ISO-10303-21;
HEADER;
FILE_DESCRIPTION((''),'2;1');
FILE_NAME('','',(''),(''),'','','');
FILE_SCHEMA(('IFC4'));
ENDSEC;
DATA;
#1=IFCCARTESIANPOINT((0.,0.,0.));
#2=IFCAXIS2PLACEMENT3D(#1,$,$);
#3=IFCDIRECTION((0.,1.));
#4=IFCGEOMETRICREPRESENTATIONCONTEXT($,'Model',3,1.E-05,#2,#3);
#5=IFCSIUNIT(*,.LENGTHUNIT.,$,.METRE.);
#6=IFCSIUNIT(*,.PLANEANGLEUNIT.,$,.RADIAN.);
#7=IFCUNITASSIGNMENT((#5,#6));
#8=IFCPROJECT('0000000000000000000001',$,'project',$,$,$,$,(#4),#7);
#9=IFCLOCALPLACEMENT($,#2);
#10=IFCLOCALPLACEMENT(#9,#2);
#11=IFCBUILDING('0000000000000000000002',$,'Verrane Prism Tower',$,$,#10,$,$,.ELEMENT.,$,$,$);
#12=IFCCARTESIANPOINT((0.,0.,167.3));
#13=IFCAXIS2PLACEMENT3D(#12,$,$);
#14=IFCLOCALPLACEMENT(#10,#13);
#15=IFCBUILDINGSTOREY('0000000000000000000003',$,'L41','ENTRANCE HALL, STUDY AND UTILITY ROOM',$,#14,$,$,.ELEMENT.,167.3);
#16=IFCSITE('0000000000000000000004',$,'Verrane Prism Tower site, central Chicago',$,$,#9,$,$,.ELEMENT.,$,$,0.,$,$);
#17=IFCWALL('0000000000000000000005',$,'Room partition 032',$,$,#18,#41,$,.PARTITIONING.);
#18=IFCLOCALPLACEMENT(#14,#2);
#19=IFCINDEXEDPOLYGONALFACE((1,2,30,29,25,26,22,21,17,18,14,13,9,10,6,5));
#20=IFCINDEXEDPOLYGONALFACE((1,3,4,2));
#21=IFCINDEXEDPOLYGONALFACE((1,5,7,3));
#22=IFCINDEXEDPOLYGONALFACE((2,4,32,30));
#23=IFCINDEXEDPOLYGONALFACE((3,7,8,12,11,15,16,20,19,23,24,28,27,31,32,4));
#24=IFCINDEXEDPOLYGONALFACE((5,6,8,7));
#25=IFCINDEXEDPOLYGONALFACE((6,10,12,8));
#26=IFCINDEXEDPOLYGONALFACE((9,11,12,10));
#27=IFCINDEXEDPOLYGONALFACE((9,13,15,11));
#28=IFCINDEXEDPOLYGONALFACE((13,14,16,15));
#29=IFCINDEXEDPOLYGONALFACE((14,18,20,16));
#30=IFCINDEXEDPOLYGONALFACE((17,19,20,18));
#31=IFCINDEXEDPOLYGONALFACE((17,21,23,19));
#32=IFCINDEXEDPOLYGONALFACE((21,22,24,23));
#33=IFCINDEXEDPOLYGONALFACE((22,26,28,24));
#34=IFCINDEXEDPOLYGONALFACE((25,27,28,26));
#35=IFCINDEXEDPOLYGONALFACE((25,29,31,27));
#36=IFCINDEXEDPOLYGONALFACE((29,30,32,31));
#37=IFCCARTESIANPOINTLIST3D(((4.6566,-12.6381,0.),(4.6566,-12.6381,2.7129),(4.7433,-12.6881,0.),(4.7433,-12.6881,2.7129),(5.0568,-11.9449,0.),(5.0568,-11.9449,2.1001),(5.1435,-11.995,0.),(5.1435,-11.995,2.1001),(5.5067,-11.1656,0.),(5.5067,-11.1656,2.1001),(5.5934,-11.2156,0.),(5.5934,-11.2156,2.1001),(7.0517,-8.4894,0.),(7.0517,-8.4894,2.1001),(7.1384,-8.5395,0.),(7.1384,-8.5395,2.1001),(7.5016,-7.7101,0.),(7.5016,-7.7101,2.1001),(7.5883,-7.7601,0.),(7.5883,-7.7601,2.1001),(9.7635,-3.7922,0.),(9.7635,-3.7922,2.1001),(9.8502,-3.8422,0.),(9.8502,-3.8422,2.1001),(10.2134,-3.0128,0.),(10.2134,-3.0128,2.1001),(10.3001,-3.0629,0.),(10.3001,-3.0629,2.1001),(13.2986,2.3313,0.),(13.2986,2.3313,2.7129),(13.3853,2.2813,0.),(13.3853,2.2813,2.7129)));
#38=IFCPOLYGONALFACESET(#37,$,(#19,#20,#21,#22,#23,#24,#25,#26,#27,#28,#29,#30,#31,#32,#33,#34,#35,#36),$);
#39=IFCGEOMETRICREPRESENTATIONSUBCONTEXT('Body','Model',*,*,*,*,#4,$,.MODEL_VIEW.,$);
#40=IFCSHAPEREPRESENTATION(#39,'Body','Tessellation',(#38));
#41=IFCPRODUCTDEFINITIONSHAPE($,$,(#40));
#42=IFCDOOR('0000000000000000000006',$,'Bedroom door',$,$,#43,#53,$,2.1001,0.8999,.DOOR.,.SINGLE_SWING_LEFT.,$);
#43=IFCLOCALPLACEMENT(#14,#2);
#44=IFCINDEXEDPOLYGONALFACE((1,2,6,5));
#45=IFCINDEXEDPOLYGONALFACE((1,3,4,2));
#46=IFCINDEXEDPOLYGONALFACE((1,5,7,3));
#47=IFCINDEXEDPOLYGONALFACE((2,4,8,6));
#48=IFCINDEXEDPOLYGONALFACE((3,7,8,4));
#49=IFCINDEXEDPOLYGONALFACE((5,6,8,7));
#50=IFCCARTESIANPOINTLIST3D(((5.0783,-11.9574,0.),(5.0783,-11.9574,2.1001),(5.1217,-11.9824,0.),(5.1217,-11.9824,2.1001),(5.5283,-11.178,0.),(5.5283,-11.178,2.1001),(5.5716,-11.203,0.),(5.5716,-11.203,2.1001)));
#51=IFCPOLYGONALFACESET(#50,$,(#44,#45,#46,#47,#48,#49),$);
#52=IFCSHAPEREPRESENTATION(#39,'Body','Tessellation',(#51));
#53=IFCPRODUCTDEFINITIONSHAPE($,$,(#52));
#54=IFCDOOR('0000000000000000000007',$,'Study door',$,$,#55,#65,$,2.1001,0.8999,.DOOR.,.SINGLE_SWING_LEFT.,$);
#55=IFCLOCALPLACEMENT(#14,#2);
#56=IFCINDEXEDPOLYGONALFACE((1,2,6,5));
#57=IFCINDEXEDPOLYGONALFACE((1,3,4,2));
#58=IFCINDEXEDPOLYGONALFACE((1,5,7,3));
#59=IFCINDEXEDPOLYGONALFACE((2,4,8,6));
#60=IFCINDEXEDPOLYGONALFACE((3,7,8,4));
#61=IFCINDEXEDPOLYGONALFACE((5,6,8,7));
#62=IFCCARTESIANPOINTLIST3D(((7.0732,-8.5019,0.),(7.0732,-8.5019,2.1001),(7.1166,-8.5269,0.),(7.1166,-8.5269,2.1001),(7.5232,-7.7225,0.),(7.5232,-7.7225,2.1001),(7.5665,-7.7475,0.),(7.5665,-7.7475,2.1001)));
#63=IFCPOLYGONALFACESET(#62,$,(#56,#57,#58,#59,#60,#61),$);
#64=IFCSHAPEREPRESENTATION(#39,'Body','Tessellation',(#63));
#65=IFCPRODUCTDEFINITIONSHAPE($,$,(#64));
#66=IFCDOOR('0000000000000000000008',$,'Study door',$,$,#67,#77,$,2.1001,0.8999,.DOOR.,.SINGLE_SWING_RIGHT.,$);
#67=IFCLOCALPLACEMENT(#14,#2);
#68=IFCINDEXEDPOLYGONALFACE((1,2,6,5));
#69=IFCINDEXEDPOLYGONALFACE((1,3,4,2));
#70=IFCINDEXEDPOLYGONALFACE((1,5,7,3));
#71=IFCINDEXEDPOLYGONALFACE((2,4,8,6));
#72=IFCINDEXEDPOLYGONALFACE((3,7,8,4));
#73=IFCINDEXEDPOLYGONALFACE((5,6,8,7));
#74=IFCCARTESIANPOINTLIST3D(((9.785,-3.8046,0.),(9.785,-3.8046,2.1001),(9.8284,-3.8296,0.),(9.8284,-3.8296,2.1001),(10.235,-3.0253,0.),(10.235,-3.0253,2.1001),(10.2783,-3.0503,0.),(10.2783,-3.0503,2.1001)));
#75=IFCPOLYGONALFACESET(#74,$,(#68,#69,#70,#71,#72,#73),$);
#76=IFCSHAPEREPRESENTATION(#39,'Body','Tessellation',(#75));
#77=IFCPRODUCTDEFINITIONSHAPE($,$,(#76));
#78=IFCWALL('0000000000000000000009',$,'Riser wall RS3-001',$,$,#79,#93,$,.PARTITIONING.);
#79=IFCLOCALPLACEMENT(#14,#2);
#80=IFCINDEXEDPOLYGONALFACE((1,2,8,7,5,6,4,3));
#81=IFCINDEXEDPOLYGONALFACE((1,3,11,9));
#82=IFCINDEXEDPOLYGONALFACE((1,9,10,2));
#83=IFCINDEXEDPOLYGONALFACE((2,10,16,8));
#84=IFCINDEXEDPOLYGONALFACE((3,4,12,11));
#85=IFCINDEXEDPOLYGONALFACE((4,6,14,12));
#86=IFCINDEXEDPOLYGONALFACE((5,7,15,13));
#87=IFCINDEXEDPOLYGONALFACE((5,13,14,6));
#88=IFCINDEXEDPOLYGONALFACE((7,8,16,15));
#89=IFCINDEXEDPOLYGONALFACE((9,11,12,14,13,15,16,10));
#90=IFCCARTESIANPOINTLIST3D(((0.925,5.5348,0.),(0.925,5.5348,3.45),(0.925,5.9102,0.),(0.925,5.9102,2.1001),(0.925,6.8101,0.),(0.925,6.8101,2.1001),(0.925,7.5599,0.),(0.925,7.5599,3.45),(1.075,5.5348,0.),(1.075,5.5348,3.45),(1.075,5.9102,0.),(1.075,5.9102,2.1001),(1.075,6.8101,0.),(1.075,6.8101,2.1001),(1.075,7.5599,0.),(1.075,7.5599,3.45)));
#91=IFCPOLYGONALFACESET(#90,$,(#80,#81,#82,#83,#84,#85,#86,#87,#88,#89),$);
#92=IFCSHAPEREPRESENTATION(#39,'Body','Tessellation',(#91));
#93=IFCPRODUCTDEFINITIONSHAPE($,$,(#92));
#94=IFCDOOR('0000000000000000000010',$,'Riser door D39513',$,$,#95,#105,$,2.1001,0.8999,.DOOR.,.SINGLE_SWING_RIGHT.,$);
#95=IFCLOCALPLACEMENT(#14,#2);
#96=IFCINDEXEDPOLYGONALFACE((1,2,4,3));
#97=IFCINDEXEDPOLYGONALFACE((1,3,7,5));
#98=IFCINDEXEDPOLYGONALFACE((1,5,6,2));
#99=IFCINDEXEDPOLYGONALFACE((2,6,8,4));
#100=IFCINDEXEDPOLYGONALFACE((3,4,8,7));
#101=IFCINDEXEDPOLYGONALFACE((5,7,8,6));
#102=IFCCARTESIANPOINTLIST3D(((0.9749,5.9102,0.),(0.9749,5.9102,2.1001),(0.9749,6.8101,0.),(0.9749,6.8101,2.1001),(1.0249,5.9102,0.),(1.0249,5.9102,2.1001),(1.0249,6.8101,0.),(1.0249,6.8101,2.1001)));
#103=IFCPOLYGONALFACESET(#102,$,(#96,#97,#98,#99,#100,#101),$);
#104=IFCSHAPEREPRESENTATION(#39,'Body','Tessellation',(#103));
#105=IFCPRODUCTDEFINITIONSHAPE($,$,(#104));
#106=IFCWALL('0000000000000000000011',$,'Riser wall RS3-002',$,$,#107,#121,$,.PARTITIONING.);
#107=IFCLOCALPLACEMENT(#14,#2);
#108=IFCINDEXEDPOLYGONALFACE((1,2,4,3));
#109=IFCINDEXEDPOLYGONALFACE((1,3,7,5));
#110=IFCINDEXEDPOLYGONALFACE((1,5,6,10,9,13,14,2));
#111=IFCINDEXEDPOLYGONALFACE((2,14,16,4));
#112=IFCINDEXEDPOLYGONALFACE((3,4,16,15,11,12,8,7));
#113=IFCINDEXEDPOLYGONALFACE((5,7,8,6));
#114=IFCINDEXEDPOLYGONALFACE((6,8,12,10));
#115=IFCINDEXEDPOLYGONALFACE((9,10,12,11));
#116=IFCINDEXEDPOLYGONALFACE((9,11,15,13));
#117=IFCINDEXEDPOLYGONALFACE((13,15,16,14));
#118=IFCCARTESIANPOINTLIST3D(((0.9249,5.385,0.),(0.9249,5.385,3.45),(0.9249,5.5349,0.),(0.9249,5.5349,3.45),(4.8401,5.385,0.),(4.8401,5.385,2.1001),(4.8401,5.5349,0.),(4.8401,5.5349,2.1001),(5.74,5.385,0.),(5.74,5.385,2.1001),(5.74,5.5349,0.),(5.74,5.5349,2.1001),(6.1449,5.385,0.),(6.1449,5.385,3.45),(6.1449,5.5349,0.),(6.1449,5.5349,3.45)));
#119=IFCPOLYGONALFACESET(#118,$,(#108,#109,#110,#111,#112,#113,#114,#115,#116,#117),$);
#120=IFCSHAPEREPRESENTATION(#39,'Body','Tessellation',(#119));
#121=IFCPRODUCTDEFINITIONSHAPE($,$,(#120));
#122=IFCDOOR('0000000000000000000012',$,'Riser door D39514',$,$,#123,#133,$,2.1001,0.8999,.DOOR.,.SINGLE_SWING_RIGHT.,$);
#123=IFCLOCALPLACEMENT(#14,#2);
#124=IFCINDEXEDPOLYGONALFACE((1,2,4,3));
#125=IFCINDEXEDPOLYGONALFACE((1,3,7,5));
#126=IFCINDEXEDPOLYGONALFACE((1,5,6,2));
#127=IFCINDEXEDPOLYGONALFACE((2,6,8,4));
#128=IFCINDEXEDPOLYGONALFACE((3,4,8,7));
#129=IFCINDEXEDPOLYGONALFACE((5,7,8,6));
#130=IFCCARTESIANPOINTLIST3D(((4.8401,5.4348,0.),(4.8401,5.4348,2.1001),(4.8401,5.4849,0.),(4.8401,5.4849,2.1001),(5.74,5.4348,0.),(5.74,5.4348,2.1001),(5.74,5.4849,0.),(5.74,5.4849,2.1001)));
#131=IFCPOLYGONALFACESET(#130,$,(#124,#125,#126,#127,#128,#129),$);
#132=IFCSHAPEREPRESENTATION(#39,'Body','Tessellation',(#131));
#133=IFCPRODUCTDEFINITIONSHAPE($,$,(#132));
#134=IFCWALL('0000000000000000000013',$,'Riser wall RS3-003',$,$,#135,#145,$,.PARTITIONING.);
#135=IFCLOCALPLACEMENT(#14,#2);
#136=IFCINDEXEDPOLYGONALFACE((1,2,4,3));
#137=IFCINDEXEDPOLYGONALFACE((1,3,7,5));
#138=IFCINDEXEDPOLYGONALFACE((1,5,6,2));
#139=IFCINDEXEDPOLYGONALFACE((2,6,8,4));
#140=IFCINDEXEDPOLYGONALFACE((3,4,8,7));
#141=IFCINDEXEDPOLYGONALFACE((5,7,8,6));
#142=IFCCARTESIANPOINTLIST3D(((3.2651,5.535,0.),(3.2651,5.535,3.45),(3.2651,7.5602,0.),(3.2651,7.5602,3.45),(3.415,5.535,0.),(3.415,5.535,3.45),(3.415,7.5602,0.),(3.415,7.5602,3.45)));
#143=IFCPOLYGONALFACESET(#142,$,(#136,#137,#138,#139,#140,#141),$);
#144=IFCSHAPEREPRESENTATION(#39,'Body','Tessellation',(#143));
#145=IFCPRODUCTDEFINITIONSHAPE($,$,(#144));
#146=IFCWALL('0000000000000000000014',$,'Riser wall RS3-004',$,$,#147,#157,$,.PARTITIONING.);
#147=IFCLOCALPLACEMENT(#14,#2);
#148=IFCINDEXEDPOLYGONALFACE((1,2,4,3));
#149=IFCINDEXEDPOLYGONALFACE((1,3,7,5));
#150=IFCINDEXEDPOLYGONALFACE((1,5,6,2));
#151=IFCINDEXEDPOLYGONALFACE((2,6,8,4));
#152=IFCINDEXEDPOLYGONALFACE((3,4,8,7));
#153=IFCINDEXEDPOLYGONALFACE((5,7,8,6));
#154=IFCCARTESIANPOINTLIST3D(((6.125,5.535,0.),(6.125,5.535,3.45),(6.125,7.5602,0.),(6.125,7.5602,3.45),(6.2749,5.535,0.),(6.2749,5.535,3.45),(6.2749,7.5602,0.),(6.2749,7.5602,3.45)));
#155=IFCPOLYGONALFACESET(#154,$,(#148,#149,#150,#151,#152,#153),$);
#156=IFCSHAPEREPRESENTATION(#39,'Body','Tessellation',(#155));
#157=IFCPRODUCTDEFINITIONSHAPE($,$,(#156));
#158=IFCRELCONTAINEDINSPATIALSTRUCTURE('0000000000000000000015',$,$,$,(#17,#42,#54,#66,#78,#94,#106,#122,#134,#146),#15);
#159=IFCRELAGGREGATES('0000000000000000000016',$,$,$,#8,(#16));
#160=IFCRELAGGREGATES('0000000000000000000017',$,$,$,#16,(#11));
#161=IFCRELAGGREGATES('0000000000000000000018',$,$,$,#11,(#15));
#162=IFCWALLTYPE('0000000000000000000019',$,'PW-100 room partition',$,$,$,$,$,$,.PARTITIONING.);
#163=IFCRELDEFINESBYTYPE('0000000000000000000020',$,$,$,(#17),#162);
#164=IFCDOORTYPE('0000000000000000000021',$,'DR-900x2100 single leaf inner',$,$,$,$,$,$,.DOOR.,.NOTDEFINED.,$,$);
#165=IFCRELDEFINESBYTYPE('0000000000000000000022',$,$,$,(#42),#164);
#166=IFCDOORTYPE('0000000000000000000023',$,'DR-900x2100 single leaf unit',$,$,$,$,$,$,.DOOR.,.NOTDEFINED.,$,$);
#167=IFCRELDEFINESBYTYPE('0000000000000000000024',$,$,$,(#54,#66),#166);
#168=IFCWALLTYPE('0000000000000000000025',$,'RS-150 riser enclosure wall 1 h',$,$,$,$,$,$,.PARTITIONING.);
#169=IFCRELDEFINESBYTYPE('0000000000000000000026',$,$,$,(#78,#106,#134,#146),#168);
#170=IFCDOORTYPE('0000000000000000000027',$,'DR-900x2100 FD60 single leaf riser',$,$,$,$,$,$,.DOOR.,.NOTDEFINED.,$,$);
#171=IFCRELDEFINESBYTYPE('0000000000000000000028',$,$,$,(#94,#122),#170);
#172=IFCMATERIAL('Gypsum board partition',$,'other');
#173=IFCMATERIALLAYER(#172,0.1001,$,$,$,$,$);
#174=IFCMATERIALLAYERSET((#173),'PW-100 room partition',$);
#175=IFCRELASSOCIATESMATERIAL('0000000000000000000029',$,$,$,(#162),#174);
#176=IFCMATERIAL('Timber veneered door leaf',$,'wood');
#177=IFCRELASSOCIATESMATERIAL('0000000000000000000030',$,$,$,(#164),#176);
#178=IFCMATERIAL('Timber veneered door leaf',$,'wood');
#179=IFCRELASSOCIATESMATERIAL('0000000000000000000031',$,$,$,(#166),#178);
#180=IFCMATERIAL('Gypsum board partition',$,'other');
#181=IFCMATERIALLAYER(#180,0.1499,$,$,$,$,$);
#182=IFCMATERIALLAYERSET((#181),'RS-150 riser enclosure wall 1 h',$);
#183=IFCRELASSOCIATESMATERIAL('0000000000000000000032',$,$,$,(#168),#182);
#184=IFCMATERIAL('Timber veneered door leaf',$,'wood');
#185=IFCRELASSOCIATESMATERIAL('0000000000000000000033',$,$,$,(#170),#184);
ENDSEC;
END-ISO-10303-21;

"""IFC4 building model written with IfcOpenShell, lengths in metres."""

from ifc_helpers import new_model, si_unit, direction, frame, frame_2d, origin, place, context, subcontext, project, spatial, rectangle, extrude, material, layer, layer_set, type_object, element, fill, save


model = new_model("IFC4")

# Units and contexts
model_context = context("Model", 3, precision=1e-05, world=origin(), true_north=direction((0.0, 1.0)))
body_context = subcontext(model_context, "Body", "Model", "MODEL_VIEW")
ifc_project = project(units=[si_unit("LENGTHUNIT", "METRE"), si_unit("PLANEANGLEUNIT", "RADIAN")], contexts=[model_context])

# Site, building, storey
site_placement = place(None, origin())
site = spatial("IfcSite", under=ifc_project, at=site_placement, Name="Verrane Prism Tower site, central Chicago", CompositionType="ELEMENT", RefElevation=0.0)
building_placement = place(site_placement, origin())
building = spatial("IfcBuilding", under=site, at=building_placement, Name="Verrane Prism Tower", CompositionType="ELEMENT")
storey_placement = place(building_placement, frame((0.0, 0.0, 167.3)))
storey = spatial("IfcBuildingStorey", under=building, at=storey_placement, Name="L41", Description="ENTRANCE HALL, STUDY AND UTILITY ROOM", CompositionType="ELEMENT", Elevation=167.3)

# Wall, openings, doors
ifc_material_1 = material(Name="Gypsum board partition", Category="other")
ifc_layer_1 = layer(ifc_material_1, 0.1001)
ifc_layer_set_1 = layer_set([ifc_layer_1], Name="PW-100 room partition")
wall_type_1 = type_object("IfcWallType", Name="PW-100 room partition", PredefinedType="PARTITIONING", material=ifc_layer_set_1)
wall_1_placement = place(storey_placement, frame((13.342, 2.3064, 0.0), z_axis=(0.0, 0.0, 1.0), x_axis=(-0.499976, -0.866039, 0.0)))
wall_1 = element("IfcWall", 1, at=wall_1_placement, inside=storey, type_object=wall_type_1, Name="Room partition 032", PredefinedType="PARTITIONING", context=body_context, shape_type="SweptSolid", body=[
    extrude(rectangle(XDim=17.2849, YDim=0.1001, at=frame_2d((8.6426, 0.0))), origin(), (0.0, 0.0, 1.0), 2.7129),
])
opening_1_placement = place(wall_1_placement, frame((15.5847, 0.0, 0.0)))
opening_1 = element("IfcOpeningElement", 2, at=opening_1_placement, cuts=wall_1, PredefinedType="OPENING", context=body_context, shape_type="SweptSolid", body=[
    extrude(rectangle(XDim=0.8999, YDim=2.1001, at=frame_2d((0.45, 1.05))), frame((0.0, 0.0601, 0.0), z_axis=(0.0, -1.0, 0.0), x_axis=(1.0, 0.0, 0.0)), (0.0, 0.0, 1.0), 0.1201),
])
opening_2_placement = place(wall_1_placement, frame((11.5947, 0.0, 0.0)))
opening_2 = element("IfcOpeningElement", 3, at=opening_2_placement, cuts=wall_1, PredefinedType="OPENING", context=body_context, shape_type="SweptSolid", body=[
    extrude(rectangle(XDim=0.8999, YDim=2.1001, at=frame_2d((0.45, 1.05))), frame((0.0, 0.0601, 0.0), z_axis=(0.0, -1.0, 0.0), x_axis=(1.0, 0.0, 0.0)), (0.0, 0.0, 1.0), 0.1201),
])
opening_3_placement = place(wall_1_placement, frame((6.1709, 0.0, 0.0)))
opening_3 = element("IfcOpeningElement", 4, at=opening_3_placement, cuts=wall_1, PredefinedType="OPENING", context=body_context, shape_type="SweptSolid", body=[
    extrude(rectangle(XDim=0.8999, YDim=2.1001, at=frame_2d((0.45, 1.05))), frame((0.0, 0.0601, 0.0), z_axis=(0.0, -1.0, 0.0), x_axis=(1.0, 0.0, 0.0)), (0.0, 0.0, 1.0), 0.1201),
])
ifc_material_2 = material(Name="Timber veneered door leaf", Category="wood")
door_type_1 = type_object("IfcDoorType", Name="DR-900x2100 single leaf inner", OperationType="NOTDEFINED", PredefinedType="DOOR", material=ifc_material_2)
door_1_placement = place(opening_1_placement, origin())
door_1 = element("IfcDoor", 5, at=door_1_placement, inside=storey, type_object=door_type_1, Name="Bedroom door", OperationType="SINGLE_SWING_LEFT", OverallHeight=2.1001, OverallWidth=0.8999, PredefinedType="DOOR", context=body_context, shape_type="SweptSolid", body=[
    extrude(rectangle(XDim=0.8999, YDim=2.1001, at=frame_2d((0.45, 1.05))), frame((0.0, 0.0249, 0.0), z_axis=(0.0, -1.0, 0.0), x_axis=(1.0, 0.0, 0.0)), (0.0, 0.0, 1.0), 0.05),
])
fill(opening_1, door_1)
ifc_material_3 = material(Name="Timber veneered door leaf", Category="wood")
door_type_2 = type_object("IfcDoorType", Name="DR-900x2100 single leaf unit", OperationType="NOTDEFINED", PredefinedType="DOOR", material=ifc_material_3)
door_2_placement = place(opening_2_placement, origin())
door_2 = element("IfcDoor", 6, at=door_2_placement, inside=storey, type_object=door_type_2, Name="Study door", OperationType="SINGLE_SWING_LEFT", OverallHeight=2.1001, OverallWidth=0.8999, PredefinedType="DOOR", context=body_context, shape_type="SweptSolid", body=[
    extrude(rectangle(XDim=0.8999, YDim=2.1001, at=frame_2d((0.45, 1.05))), frame((0.0, 0.0249, 0.0), z_axis=(0.0, -1.0, 0.0), x_axis=(1.0, 0.0, 0.0)), (0.0, 0.0, 1.0), 0.05),
])
fill(opening_2, door_2)
door_3_placement = place(opening_3_placement, origin())
door_3 = element("IfcDoor", 7, at=door_3_placement, inside=storey, type_object=door_type_2, Name="Study door", OperationType="SINGLE_SWING_RIGHT", OverallHeight=2.1001, OverallWidth=0.8999, PredefinedType="DOOR", context=body_context, shape_type="SweptSolid", body=[
    extrude(rectangle(XDim=0.8999, YDim=2.1001, at=frame_2d((0.45, 1.05))), frame((0.0, 0.0249, 0.0), z_axis=(0.0, -1.0, 0.0), x_axis=(1.0, 0.0, 0.0)), (0.0, 0.0, 1.0), 0.05),
])
fill(opening_3, door_3)

# Walls, openings, doors
ifc_material_4 = material(Name="Gypsum board partition", Category="other")
ifc_layer_2 = layer(ifc_material_4, 0.1499)
ifc_layer_set_2 = layer_set([ifc_layer_2], Name="RS-150 riser enclosure wall 1 h")
wall_type_2 = type_object("IfcWallType", Name="RS-150 riser enclosure wall 1 h", PredefinedType="PARTITIONING", material=ifc_layer_set_2)
wall_2_placement = place(storey_placement, frame((1.0, 7.5601, 0.0), z_axis=(0.0, 0.0, 1.0), x_axis=(0.0, -1.0, 0.0)))
wall_2 = element("IfcWall", 8, at=wall_2_placement, inside=storey, type_object=wall_type_2, Name="Riser wall RS3-001", PredefinedType="PARTITIONING", context=body_context, shape_type="SweptSolid", body=[
    extrude(rectangle(XDim=2.0251, YDim=0.1499, at=frame_2d((1.0127, 0.0))), origin(), (0.0, 0.0, 1.0), 3.45),
])
opening_4_placement = place(wall_2_placement, frame((0.75, 0.0, 0.0)))
opening_4 = element("IfcOpeningElement", 9, at=opening_4_placement, cuts=wall_2, PredefinedType="OPENING", context=body_context, shape_type="SweptSolid", body=[
    extrude(rectangle(XDim=0.8999, YDim=2.1001, at=frame_2d((0.45, 1.05))), frame((0.0, 0.085, 0.0), z_axis=(0.0, -1.0, 0.0), x_axis=(1.0, 0.0, 0.0)), (0.0, 0.0, 1.0), 0.1699),
])
ifc_material_5 = material(Name="Timber veneered door leaf", Category="wood")
door_type_3 = type_object("IfcDoorType", Name="DR-900x2100 FD60 single leaf riser", OperationType="NOTDEFINED", PredefinedType="DOOR", material=ifc_material_5)
door_4_placement = place(opening_4_placement, origin())
door_4 = element("IfcDoor", 10, at=door_4_placement, inside=storey, type_object=door_type_3, Name="Riser door D39513", OperationType="SINGLE_SWING_RIGHT", OverallHeight=2.1001, OverallWidth=0.8999, PredefinedType="DOOR", context=body_context, shape_type="SweptSolid", body=[
    extrude(rectangle(XDim=0.8999, YDim=2.1001, at=frame_2d((0.45, 1.05))), frame((0.0, 0.0249, 0.0), z_axis=(0.0, -1.0, 0.0), x_axis=(1.0, 0.0, 0.0)), (0.0, 0.0, 1.0), 0.05),
])
fill(opening_4, door_4)
wall_3_placement = place(storey_placement, frame((0.925, 5.46, 0.0), z_axis=(0.0, 0.0, 1.0), x_axis=(1.0, 0.0, 0.0)))
wall_3 = element("IfcWall", 11, at=wall_3_placement, inside=storey, type_object=wall_type_2, Name="Riser wall RS3-002", PredefinedType="PARTITIONING", context=body_context, shape_type="SweptSolid", body=[
    extrude(rectangle(XDim=5.22, YDim=0.1499, at=frame_2d((2.6099, 0.0))), origin(), (0.0, 0.0, 1.0), 3.45),
])
opening_5_placement = place(wall_3_placement, frame((3.915, 0.0, 0.0)))
opening_5 = element("IfcOpeningElement", 12, at=opening_5_placement, cuts=wall_3, PredefinedType="OPENING", context=body_context, shape_type="SweptSolid", body=[
    extrude(rectangle(XDim=0.8999, YDim=2.1001, at=frame_2d((0.45, 1.05))), frame((0.0, 0.085, 0.0), z_axis=(0.0, -1.0, 0.0), x_axis=(1.0, 0.0, 0.0)), (0.0, 0.0, 1.0), 0.1699),
])
door_5_placement = place(opening_5_placement, origin())
door_5 = element("IfcDoor", 13, at=door_5_placement, inside=storey, type_object=door_type_3, Name="Riser door D39514", OperationType="SINGLE_SWING_RIGHT", OverallHeight=2.1001, OverallWidth=0.8999, PredefinedType="DOOR", context=body_context, shape_type="SweptSolid", body=[
    extrude(rectangle(XDim=0.8999, YDim=2.1001, at=frame_2d((0.45, 1.05))), frame((0.0, 0.0249, 0.0), z_axis=(0.0, -1.0, 0.0), x_axis=(1.0, 0.0, 0.0)), (0.0, 0.0, 1.0), 0.05),
])
fill(opening_5, door_5)

# Walls
for number, where, z_axis, x_axis, name in (
    (14, (3.3401, 5.5349, 0.0), (0.0, 0.0, 1.0), (0.0, 1.0, 0.0), "Riser wall RS3-003"),
    (15, (6.2, 5.5349, 0.0), (0.0, 0.0, 1.0), (0.0, 1.0, 0.0), "Riser wall RS3-004"),
):
    element("IfcWall", number, at=place(storey_placement, frame(where, z_axis=z_axis, x_axis=x_axis)), inside=storey, type_object=wall_type_2, Name=name, PredefinedType="PARTITIONING", context=body_context, shape_type="SweptSolid", body=[
        extrude(rectangle(XDim=2.0251, YDim=0.1499, at=frame_2d((1.0127, 0.0))), origin(), (0.0, 0.0, 1.0), 3.45),
    ])

save(model, "model.ifc")
